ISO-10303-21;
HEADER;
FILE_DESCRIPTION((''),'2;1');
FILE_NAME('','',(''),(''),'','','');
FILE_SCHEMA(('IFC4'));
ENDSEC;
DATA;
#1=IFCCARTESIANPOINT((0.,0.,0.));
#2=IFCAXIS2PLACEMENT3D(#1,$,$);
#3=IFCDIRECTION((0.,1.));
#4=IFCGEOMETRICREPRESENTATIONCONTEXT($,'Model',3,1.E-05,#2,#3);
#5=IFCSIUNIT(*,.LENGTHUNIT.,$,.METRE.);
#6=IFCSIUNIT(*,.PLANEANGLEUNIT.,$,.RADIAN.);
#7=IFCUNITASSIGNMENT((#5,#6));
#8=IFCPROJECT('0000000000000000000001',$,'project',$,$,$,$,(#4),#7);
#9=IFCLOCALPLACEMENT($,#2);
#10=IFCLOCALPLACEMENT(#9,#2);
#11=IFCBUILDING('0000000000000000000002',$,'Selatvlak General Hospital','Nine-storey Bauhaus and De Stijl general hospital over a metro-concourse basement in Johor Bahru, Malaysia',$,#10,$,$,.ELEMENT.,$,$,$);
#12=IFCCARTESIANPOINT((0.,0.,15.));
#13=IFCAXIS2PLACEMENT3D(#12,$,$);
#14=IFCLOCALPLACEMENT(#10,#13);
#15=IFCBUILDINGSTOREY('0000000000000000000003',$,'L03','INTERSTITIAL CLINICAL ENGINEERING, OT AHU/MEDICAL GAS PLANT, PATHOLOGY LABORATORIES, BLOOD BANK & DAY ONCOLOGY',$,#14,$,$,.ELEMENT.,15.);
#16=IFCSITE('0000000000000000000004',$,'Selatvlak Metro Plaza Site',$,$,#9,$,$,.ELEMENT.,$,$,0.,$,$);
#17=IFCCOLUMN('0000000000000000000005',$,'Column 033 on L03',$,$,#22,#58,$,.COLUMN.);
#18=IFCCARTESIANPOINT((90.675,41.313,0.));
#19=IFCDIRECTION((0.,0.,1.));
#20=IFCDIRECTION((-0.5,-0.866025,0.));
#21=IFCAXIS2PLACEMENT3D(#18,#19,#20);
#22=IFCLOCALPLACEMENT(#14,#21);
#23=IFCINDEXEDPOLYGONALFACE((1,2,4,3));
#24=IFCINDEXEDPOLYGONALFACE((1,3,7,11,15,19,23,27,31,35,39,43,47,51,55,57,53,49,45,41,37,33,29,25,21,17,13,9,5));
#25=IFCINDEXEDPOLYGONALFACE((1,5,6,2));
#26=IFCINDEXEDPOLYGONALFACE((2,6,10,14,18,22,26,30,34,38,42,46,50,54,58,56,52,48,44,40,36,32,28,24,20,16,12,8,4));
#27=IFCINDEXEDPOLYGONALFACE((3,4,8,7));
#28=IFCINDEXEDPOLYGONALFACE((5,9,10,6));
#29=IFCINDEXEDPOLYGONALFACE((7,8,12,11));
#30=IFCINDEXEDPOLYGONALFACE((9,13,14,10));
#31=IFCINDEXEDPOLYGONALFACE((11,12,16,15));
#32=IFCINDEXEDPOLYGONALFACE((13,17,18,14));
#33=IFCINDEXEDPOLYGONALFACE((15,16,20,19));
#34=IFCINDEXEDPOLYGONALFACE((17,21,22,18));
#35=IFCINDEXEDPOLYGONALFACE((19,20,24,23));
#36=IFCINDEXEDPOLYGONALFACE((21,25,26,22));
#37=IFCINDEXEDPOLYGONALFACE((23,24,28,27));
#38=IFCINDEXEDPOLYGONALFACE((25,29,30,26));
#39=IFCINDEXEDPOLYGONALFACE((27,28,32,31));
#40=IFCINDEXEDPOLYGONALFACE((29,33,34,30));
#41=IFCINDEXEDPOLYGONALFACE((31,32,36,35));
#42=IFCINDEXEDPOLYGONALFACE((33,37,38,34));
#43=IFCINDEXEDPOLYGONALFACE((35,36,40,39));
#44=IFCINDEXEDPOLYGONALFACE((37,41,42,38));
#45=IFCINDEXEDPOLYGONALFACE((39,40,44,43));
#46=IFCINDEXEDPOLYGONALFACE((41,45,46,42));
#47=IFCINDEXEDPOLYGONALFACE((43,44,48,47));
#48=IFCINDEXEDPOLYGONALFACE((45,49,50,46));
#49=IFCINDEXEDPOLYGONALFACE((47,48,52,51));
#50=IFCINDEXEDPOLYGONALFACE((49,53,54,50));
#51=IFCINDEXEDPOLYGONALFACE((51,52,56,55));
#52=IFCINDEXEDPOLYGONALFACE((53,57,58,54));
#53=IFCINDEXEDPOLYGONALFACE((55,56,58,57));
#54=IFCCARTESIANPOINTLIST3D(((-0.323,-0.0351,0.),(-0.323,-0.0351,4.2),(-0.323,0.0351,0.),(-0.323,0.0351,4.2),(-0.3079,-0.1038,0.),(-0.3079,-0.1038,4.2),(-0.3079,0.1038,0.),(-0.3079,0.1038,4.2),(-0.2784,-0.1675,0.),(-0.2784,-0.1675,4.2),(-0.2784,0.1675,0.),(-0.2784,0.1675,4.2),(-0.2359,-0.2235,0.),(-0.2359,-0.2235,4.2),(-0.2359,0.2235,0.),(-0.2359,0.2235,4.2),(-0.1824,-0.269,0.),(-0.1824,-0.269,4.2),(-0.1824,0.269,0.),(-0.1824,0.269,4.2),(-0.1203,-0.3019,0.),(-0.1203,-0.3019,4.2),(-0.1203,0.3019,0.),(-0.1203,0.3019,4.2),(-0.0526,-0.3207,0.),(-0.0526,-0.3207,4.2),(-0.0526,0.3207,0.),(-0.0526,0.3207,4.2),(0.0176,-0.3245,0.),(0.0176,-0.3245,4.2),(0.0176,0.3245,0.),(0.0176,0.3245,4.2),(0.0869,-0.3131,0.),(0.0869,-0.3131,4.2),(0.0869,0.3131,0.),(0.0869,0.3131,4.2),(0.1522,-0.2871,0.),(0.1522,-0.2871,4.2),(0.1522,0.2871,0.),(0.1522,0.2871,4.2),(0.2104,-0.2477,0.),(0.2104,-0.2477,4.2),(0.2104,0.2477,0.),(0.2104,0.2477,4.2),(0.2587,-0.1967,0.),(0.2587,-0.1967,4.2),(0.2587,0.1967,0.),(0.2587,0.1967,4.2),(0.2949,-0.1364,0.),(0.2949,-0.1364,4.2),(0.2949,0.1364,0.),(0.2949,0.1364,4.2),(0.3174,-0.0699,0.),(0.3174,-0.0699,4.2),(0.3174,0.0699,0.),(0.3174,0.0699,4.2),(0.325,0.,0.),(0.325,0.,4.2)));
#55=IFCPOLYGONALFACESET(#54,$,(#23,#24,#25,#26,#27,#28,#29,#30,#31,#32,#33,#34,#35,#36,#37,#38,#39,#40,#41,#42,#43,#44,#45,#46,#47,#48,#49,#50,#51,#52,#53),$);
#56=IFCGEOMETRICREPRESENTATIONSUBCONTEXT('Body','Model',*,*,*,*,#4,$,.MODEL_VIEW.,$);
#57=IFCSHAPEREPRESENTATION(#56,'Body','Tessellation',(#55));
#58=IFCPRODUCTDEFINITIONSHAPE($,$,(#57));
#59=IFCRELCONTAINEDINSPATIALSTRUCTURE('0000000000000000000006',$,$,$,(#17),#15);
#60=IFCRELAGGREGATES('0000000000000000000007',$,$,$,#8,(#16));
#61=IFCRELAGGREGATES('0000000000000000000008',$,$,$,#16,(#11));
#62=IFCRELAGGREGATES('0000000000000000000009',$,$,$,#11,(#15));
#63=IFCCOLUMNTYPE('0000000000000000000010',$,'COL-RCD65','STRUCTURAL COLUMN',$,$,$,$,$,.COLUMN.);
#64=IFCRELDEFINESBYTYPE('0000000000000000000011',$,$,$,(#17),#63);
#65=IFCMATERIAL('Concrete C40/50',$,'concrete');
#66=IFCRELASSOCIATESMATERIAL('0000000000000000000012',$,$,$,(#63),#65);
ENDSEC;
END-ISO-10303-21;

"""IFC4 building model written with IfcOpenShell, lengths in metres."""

from ifc_helpers import new_model, si_unit, direction, frame, origin, origin_2d, place, context, subcontext, project, spatial, circle, extrude, material, material_profile, profile_set, type_object, element, save


model = new_model("IFC4")

# Units and contexts
model_context = context("Model", 3, precision=1e-05, world=origin(), true_north=direction((0.0, 1.0)))
body_context = subcontext(model_context, "Body", "Model", "MODEL_VIEW")
ifc_project = project(units=[si_unit("LENGTHUNIT", "METRE"), si_unit("PLANEANGLEUNIT", "RADIAN")], contexts=[model_context])

# Site, building, storey
site_placement = place(None, origin())
site = spatial("IfcSite", under=ifc_project, at=site_placement, Name="Selatvlak Metro Plaza Site", CompositionType="ELEMENT", RefElevation=0.0)
building_placement = place(site_placement, origin())
building = spatial("IfcBuilding", under=site, at=building_placement, Name="Selatvlak General Hospital", Description="Nine-storey Bauhaus and De Stijl general hospital over a metro-concourse basement in Johor Bahru, Malaysia", CompositionType="ELEMENT")
storey_placement = place(building_placement, frame((0.0, 0.0, 15.0)))
storey = spatial("IfcBuildingStorey", under=building, at=storey_placement, Name="L03", Description="INTERSTITIAL CLINICAL ENGINEERING, OT AHU/MEDICAL GAS PLANT, PATHOLOGY LABORATORIES, BLOOD BANK & DAY ONCOLOGY", CompositionType="ELEMENT", Elevation=15.0)

# Column
ifc_material_1 = material(Name="Concrete C40/50", Category="concrete")
ifc_material_profile_1 = material_profile(ifc_material_1, circle(Radius=0.325, at=origin_2d()), Name="RC-COL D650")
ifc_profile_set_1 = profile_set([ifc_material_profile_1], Name="Concrete C40/50")
column_type = type_object("IfcColumnType", Name="COL-RCD65", Description="STRUCTURAL COLUMN", PredefinedType="COLUMN", material=ifc_profile_set_1)
for number, where, z_axis, x_axis, name in (
    (1, (90.675, 41.313, 0.0), (0.0, 0.0, 1.0), (-0.5, -0.866025, 0.0), "Column 033 on L03"),
):
    element("IfcColumn", number, at=place(storey_placement, frame(where, z_axis=z_axis, x_axis=x_axis)), inside=storey, type_object=column_type, Name=name, PredefinedType="COLUMN", context=body_context, shape_type="SweptSolid", body=[
        extrude(circle(Radius=0.325, at=origin_2d()), origin(), (0.0, 0.0, 1.0), 4.2),
    ])

save(model, "model.ifc")
